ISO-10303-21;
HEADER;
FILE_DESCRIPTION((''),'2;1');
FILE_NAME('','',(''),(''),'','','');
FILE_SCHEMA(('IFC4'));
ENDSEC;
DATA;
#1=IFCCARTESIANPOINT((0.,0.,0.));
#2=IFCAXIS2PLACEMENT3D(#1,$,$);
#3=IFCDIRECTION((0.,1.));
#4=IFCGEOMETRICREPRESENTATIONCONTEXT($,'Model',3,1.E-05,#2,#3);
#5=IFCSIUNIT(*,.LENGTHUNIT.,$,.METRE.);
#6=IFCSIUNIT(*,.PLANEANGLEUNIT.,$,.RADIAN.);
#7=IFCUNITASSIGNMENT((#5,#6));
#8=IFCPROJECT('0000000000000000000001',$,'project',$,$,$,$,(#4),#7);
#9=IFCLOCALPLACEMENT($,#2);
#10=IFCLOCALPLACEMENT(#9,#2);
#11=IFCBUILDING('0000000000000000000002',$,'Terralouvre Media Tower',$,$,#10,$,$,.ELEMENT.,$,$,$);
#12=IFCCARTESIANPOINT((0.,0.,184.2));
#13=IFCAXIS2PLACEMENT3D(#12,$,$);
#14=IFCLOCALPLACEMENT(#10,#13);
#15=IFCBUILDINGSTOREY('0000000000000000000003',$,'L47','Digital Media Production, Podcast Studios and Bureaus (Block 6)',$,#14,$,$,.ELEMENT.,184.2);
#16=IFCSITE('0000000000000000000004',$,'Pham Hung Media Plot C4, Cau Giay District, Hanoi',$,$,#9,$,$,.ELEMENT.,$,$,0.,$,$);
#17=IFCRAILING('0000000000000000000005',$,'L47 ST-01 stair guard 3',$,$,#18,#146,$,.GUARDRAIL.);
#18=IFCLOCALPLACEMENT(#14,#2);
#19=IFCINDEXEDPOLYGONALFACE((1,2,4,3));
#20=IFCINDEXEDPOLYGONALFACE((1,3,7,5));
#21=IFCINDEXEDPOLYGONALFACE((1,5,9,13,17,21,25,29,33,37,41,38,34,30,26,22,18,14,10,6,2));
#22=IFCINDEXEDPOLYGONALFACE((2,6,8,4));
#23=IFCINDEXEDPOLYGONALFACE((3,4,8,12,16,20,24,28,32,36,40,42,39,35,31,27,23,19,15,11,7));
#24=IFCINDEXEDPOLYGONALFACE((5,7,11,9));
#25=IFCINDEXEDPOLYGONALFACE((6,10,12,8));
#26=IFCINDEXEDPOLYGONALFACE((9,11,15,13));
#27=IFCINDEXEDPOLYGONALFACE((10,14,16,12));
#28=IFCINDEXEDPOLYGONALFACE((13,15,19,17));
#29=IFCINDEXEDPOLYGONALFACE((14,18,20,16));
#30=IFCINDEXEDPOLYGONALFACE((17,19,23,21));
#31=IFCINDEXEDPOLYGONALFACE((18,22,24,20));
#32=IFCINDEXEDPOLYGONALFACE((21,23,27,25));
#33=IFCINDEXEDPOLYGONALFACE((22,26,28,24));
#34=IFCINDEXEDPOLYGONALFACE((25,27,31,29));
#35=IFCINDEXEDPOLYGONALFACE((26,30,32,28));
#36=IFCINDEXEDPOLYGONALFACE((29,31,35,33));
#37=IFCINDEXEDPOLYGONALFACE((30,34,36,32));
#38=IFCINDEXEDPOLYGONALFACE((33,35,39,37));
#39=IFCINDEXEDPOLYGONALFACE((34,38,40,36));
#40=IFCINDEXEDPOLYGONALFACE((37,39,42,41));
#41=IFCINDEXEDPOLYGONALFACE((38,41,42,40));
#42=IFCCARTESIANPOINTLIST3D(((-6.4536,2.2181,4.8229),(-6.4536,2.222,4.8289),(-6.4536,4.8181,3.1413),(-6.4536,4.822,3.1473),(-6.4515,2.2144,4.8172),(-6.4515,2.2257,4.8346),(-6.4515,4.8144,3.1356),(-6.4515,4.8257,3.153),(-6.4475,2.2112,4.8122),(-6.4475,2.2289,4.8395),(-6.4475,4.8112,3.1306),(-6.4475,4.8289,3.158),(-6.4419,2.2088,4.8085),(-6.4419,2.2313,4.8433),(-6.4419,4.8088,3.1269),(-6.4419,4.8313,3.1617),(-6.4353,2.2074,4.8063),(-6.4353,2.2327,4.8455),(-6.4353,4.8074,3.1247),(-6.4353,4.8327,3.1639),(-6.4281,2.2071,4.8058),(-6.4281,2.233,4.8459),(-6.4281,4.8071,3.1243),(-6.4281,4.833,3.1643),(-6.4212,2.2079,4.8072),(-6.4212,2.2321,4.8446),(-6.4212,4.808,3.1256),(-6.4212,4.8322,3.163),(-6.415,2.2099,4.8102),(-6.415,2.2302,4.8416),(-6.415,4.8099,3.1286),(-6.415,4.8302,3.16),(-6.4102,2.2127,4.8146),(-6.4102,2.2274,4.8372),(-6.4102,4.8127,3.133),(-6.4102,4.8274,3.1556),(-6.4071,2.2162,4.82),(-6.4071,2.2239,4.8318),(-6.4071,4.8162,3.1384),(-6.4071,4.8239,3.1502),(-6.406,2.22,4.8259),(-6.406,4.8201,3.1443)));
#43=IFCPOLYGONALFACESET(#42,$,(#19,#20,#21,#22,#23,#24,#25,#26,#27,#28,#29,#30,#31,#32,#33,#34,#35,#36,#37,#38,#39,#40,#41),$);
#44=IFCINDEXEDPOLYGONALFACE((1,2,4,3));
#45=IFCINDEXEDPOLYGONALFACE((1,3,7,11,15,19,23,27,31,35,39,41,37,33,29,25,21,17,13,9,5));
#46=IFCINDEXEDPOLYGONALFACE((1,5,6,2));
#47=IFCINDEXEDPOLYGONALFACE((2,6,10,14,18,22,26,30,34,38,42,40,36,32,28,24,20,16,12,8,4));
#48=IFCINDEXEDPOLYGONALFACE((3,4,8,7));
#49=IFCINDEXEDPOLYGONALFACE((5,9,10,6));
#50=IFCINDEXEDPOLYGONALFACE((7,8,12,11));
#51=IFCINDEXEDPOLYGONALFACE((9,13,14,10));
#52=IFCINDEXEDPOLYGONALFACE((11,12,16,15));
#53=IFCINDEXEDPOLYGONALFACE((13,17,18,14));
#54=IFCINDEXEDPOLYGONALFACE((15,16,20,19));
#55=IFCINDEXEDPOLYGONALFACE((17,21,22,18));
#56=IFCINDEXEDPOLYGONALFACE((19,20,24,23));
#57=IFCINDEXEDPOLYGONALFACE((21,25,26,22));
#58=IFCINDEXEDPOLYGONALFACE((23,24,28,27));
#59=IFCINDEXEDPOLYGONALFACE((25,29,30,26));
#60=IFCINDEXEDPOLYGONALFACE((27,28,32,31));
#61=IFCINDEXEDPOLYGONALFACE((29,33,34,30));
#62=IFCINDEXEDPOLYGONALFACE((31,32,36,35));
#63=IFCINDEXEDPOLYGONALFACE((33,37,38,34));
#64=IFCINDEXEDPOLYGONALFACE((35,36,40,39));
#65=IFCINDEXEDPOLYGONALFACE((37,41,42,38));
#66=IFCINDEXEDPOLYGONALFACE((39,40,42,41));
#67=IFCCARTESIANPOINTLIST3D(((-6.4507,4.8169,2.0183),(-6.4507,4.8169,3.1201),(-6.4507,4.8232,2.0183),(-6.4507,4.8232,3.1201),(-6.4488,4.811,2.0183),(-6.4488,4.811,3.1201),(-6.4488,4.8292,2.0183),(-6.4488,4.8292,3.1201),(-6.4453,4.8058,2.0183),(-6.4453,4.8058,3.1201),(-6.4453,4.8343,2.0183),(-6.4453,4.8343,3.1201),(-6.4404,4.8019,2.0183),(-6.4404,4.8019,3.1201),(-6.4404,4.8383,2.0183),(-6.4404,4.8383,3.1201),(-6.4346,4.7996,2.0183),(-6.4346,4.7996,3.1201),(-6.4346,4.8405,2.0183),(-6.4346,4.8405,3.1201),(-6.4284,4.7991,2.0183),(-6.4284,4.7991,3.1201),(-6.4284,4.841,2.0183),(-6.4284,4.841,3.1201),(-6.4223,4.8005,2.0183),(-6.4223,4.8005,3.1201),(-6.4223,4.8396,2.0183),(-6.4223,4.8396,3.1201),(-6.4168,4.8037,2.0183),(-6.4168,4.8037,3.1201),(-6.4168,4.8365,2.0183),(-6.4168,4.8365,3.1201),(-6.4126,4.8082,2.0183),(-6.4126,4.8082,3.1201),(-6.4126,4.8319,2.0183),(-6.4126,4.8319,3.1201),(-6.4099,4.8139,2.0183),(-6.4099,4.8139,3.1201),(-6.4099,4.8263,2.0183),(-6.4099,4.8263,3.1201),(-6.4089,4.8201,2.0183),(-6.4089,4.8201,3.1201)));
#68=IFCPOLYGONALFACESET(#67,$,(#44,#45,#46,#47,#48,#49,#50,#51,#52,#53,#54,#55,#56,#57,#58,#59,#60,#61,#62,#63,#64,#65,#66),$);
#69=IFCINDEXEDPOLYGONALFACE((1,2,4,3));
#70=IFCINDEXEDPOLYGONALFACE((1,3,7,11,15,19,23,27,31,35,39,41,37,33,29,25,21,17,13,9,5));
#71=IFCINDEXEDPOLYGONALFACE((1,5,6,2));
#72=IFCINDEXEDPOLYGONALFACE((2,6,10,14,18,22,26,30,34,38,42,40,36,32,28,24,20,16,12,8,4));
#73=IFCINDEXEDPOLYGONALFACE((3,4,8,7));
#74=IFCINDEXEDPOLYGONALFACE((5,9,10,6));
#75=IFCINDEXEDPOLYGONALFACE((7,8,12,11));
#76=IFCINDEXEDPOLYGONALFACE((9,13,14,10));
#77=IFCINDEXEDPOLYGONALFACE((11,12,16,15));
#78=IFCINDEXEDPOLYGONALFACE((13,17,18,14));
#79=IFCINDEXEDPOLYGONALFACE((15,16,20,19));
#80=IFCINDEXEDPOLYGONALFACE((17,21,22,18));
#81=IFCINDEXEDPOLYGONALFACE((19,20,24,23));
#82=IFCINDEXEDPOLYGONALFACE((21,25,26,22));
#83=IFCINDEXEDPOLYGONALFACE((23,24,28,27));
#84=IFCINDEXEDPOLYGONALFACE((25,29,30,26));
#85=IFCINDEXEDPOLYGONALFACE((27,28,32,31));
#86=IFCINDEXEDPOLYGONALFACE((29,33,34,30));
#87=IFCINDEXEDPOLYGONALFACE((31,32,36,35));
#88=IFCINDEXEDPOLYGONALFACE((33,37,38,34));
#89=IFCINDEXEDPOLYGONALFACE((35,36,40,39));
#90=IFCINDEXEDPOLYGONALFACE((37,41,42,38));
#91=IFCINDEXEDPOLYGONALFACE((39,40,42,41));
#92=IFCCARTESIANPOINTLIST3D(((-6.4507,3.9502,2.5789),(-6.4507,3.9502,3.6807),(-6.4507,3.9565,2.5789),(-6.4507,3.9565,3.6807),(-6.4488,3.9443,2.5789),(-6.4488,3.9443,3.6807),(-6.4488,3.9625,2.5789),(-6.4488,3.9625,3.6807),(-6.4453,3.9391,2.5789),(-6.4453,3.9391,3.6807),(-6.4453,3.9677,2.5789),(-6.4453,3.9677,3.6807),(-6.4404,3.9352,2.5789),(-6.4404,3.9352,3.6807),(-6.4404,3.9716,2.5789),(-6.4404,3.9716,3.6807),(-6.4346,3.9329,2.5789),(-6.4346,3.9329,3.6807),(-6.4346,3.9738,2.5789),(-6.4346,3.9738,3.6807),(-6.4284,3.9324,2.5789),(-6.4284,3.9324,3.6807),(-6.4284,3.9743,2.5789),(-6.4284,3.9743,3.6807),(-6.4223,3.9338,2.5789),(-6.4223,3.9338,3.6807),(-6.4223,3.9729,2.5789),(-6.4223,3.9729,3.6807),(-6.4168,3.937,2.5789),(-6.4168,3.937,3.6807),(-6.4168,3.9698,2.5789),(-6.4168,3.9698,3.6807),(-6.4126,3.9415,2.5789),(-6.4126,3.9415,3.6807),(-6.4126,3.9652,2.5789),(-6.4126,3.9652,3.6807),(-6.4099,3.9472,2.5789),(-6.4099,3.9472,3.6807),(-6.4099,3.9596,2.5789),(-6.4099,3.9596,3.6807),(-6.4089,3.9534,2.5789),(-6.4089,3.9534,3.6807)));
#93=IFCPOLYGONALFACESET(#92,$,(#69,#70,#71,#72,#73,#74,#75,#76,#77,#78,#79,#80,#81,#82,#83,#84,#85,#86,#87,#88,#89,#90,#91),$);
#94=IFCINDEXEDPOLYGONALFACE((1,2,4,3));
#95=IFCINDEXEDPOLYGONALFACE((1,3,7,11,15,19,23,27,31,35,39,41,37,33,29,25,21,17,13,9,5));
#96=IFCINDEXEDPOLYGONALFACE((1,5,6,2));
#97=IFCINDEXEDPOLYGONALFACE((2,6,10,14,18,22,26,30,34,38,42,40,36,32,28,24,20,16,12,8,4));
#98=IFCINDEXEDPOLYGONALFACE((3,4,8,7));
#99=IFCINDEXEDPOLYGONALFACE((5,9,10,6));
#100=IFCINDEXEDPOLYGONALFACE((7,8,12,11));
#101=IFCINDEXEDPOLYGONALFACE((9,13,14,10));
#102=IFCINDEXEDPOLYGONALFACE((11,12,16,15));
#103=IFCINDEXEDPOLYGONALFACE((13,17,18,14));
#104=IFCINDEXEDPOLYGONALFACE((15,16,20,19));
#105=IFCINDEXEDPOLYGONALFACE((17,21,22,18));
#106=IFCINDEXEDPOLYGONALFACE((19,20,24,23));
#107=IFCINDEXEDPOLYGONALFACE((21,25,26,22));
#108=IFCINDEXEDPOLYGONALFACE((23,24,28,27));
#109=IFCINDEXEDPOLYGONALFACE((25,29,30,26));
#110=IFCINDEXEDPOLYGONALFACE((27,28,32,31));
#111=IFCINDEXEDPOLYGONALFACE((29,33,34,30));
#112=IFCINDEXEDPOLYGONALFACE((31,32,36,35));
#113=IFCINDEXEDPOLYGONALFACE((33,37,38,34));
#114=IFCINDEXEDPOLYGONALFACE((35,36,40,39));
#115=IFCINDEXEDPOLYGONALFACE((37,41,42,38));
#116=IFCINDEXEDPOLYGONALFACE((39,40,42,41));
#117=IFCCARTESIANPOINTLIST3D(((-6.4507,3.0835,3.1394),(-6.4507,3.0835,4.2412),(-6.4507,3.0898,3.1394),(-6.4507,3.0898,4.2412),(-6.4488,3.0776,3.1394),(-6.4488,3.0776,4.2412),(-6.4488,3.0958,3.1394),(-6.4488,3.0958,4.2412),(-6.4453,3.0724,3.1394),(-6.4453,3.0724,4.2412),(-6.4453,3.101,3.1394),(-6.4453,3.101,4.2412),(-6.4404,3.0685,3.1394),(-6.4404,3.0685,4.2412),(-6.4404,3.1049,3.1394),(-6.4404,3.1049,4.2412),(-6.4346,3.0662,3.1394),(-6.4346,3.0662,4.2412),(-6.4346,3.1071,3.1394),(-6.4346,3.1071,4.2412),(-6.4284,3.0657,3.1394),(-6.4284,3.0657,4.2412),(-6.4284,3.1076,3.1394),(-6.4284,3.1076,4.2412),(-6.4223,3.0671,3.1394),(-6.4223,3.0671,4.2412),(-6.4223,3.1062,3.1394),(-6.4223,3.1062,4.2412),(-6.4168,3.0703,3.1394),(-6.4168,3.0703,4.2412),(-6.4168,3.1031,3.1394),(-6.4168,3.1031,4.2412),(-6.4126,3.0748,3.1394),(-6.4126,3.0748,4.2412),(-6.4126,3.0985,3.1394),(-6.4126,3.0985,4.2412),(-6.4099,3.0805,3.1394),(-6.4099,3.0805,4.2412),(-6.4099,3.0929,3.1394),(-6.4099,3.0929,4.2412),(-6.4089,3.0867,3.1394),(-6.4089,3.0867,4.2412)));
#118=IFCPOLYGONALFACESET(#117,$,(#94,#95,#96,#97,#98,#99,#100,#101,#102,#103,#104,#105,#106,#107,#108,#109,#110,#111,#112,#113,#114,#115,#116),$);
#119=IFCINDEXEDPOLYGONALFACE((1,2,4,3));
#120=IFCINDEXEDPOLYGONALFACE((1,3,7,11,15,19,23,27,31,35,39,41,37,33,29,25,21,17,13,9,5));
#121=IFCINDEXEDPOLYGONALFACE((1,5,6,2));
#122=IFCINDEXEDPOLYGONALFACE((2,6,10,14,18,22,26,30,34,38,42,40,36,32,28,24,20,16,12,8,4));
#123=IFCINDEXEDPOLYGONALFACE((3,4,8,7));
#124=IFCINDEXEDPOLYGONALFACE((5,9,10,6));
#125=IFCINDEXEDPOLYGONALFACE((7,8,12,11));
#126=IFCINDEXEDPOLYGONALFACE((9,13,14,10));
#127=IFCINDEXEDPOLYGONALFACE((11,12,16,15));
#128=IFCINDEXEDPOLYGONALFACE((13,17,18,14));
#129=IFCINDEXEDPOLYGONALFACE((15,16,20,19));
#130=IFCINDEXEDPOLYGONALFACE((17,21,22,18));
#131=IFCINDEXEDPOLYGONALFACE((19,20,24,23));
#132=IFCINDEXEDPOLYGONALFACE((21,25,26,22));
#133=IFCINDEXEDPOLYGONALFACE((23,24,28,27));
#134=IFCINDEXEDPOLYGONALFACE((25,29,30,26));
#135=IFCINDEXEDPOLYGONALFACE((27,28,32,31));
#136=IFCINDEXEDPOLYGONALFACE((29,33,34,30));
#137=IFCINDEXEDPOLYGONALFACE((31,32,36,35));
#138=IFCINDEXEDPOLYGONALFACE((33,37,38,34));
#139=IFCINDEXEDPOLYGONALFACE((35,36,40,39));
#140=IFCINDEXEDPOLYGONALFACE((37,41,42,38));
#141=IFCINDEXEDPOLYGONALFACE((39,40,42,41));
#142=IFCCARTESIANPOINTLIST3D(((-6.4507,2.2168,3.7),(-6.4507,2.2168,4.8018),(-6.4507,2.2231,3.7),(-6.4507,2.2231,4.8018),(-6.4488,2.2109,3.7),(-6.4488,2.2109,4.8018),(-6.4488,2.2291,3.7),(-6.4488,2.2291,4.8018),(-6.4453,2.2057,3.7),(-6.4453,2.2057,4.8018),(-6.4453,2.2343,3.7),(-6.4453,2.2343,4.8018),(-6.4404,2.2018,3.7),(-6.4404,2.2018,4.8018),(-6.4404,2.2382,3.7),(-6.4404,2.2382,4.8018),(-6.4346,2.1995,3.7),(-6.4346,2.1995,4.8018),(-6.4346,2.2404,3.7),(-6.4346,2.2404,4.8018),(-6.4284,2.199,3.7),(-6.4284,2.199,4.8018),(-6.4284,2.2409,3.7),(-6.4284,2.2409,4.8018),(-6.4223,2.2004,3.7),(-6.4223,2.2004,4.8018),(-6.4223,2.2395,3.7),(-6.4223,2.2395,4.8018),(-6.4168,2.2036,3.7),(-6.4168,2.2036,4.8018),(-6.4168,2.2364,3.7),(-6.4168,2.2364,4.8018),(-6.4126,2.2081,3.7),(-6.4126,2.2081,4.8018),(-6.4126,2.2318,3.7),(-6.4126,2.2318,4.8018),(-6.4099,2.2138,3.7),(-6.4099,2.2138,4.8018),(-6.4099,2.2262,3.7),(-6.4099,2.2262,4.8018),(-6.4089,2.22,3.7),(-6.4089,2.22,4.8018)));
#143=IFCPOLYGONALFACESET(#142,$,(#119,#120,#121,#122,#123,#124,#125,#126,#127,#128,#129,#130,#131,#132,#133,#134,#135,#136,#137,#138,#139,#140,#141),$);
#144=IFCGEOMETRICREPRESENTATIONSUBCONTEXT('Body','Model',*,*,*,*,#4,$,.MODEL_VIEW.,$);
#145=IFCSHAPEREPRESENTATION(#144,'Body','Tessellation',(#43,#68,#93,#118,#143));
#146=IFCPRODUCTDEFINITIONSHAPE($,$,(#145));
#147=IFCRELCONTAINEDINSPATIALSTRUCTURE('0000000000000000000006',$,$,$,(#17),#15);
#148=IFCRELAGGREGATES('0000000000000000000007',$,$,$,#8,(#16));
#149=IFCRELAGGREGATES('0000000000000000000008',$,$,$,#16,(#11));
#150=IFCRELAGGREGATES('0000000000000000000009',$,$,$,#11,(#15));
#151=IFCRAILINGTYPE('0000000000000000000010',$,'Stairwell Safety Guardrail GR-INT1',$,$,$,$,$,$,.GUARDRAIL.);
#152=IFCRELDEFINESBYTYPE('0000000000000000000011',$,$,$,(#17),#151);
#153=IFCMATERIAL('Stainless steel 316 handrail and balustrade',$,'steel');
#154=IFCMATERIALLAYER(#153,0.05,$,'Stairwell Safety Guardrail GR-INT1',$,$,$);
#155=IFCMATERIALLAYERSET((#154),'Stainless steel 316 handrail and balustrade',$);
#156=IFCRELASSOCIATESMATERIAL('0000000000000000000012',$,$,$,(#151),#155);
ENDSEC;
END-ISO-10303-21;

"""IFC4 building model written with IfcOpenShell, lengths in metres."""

from ifc_helpers import new_model, si_unit, direction, frame, origin, origin_2d, place, context, subcontext, project, spatial, circle, extrude, material, layer, layer_set, type_object, element, save


model = new_model("IFC4")

# Units and contexts
model_context = context("Model", 3, precision=1e-05, world=origin(), true_north=direction((0.0, 1.0)))
body_context = subcontext(model_context, "Body", "Model", "MODEL_VIEW")
ifc_project = project(units=[si_unit("LENGTHUNIT", "METRE"), si_unit("PLANEANGLEUNIT", "RADIAN")], contexts=[model_context])

# Site, building, storey
site_placement = place(None, origin())
site = spatial("IfcSite", under=ifc_project, at=site_placement, Name="Pham Hung Media Plot C4, Cau Giay District, Hanoi", CompositionType="ELEMENT", RefElevation=0.0)
building_placement = place(site_placement, origin())
building = spatial("IfcBuilding", under=site, at=building_placement, Name="Terralouvre Media Tower", CompositionType="ELEMENT")
storey_placement = place(building_placement, frame((0.0, 0.0, 184.2)))
storey = spatial("IfcBuildingStorey", under=building, at=storey_placement, Name="L47", Description="Digital Media Production, Podcast Studios and Bureaus (Block 6)", CompositionType="ELEMENT", Elevation=184.2)

# Railing
ifc_material_1 = material(Name="Stainless steel 316 handrail and balustrade", Category="steel")
ifc_layer_1 = layer(ifc_material_1, 0.05, Name="Stairwell Safety Guardrail GR-INT1")
ifc_layer_set_1 = layer_set([ifc_layer_1], Name="Stainless steel 316 handrail and balustrade")
railing_type_1 = type_object("IfcRailingType", Name="Stairwell Safety Guardrail GR-INT1", PredefinedType="GUARDRAIL", material=ifc_layer_set_1)
railing_1_placement = place(storey_placement, frame((-6.4299, 4.8201, 2.0183)))
element("IfcRailing", 1, at=railing_1_placement, inside=storey, type_object=railing_type_1, Name="L47 ST-01 stair guard 3", PredefinedType="GUARDRAIL", context=body_context, shape_type="SweptSolid", body=[
    extrude(circle(Radius=0.0239, at=origin_2d()), frame((0.0, 0.0, 1.126), z_axis=(0.0, -0.839684, 0.543075), x_axis=(1.0, 0.0, 0.0)), (0.0, 0.0, 1.0), 3.0964),
    extrude(circle(Radius=0.021, at=origin_2d()), origin(), (0.0, 0.0, 1.0), 1.1018),
    extrude(circle(Radius=0.021, at=origin_2d()), frame((0.0, -0.8667, 0.5605)), (0.0, 0.0, 1.0), 1.1018),
    extrude(circle(Radius=0.021, at=origin_2d()), frame((0.0, -1.7334, 1.1211)), (0.0, 0.0, 1.0), 1.1018),
    extrude(circle(Radius=0.021, at=origin_2d()), frame((0.0, -2.6001, 1.6816)), (0.0, 0.0, 1.0), 1.1018),
])

save(model, "model.ifc")
